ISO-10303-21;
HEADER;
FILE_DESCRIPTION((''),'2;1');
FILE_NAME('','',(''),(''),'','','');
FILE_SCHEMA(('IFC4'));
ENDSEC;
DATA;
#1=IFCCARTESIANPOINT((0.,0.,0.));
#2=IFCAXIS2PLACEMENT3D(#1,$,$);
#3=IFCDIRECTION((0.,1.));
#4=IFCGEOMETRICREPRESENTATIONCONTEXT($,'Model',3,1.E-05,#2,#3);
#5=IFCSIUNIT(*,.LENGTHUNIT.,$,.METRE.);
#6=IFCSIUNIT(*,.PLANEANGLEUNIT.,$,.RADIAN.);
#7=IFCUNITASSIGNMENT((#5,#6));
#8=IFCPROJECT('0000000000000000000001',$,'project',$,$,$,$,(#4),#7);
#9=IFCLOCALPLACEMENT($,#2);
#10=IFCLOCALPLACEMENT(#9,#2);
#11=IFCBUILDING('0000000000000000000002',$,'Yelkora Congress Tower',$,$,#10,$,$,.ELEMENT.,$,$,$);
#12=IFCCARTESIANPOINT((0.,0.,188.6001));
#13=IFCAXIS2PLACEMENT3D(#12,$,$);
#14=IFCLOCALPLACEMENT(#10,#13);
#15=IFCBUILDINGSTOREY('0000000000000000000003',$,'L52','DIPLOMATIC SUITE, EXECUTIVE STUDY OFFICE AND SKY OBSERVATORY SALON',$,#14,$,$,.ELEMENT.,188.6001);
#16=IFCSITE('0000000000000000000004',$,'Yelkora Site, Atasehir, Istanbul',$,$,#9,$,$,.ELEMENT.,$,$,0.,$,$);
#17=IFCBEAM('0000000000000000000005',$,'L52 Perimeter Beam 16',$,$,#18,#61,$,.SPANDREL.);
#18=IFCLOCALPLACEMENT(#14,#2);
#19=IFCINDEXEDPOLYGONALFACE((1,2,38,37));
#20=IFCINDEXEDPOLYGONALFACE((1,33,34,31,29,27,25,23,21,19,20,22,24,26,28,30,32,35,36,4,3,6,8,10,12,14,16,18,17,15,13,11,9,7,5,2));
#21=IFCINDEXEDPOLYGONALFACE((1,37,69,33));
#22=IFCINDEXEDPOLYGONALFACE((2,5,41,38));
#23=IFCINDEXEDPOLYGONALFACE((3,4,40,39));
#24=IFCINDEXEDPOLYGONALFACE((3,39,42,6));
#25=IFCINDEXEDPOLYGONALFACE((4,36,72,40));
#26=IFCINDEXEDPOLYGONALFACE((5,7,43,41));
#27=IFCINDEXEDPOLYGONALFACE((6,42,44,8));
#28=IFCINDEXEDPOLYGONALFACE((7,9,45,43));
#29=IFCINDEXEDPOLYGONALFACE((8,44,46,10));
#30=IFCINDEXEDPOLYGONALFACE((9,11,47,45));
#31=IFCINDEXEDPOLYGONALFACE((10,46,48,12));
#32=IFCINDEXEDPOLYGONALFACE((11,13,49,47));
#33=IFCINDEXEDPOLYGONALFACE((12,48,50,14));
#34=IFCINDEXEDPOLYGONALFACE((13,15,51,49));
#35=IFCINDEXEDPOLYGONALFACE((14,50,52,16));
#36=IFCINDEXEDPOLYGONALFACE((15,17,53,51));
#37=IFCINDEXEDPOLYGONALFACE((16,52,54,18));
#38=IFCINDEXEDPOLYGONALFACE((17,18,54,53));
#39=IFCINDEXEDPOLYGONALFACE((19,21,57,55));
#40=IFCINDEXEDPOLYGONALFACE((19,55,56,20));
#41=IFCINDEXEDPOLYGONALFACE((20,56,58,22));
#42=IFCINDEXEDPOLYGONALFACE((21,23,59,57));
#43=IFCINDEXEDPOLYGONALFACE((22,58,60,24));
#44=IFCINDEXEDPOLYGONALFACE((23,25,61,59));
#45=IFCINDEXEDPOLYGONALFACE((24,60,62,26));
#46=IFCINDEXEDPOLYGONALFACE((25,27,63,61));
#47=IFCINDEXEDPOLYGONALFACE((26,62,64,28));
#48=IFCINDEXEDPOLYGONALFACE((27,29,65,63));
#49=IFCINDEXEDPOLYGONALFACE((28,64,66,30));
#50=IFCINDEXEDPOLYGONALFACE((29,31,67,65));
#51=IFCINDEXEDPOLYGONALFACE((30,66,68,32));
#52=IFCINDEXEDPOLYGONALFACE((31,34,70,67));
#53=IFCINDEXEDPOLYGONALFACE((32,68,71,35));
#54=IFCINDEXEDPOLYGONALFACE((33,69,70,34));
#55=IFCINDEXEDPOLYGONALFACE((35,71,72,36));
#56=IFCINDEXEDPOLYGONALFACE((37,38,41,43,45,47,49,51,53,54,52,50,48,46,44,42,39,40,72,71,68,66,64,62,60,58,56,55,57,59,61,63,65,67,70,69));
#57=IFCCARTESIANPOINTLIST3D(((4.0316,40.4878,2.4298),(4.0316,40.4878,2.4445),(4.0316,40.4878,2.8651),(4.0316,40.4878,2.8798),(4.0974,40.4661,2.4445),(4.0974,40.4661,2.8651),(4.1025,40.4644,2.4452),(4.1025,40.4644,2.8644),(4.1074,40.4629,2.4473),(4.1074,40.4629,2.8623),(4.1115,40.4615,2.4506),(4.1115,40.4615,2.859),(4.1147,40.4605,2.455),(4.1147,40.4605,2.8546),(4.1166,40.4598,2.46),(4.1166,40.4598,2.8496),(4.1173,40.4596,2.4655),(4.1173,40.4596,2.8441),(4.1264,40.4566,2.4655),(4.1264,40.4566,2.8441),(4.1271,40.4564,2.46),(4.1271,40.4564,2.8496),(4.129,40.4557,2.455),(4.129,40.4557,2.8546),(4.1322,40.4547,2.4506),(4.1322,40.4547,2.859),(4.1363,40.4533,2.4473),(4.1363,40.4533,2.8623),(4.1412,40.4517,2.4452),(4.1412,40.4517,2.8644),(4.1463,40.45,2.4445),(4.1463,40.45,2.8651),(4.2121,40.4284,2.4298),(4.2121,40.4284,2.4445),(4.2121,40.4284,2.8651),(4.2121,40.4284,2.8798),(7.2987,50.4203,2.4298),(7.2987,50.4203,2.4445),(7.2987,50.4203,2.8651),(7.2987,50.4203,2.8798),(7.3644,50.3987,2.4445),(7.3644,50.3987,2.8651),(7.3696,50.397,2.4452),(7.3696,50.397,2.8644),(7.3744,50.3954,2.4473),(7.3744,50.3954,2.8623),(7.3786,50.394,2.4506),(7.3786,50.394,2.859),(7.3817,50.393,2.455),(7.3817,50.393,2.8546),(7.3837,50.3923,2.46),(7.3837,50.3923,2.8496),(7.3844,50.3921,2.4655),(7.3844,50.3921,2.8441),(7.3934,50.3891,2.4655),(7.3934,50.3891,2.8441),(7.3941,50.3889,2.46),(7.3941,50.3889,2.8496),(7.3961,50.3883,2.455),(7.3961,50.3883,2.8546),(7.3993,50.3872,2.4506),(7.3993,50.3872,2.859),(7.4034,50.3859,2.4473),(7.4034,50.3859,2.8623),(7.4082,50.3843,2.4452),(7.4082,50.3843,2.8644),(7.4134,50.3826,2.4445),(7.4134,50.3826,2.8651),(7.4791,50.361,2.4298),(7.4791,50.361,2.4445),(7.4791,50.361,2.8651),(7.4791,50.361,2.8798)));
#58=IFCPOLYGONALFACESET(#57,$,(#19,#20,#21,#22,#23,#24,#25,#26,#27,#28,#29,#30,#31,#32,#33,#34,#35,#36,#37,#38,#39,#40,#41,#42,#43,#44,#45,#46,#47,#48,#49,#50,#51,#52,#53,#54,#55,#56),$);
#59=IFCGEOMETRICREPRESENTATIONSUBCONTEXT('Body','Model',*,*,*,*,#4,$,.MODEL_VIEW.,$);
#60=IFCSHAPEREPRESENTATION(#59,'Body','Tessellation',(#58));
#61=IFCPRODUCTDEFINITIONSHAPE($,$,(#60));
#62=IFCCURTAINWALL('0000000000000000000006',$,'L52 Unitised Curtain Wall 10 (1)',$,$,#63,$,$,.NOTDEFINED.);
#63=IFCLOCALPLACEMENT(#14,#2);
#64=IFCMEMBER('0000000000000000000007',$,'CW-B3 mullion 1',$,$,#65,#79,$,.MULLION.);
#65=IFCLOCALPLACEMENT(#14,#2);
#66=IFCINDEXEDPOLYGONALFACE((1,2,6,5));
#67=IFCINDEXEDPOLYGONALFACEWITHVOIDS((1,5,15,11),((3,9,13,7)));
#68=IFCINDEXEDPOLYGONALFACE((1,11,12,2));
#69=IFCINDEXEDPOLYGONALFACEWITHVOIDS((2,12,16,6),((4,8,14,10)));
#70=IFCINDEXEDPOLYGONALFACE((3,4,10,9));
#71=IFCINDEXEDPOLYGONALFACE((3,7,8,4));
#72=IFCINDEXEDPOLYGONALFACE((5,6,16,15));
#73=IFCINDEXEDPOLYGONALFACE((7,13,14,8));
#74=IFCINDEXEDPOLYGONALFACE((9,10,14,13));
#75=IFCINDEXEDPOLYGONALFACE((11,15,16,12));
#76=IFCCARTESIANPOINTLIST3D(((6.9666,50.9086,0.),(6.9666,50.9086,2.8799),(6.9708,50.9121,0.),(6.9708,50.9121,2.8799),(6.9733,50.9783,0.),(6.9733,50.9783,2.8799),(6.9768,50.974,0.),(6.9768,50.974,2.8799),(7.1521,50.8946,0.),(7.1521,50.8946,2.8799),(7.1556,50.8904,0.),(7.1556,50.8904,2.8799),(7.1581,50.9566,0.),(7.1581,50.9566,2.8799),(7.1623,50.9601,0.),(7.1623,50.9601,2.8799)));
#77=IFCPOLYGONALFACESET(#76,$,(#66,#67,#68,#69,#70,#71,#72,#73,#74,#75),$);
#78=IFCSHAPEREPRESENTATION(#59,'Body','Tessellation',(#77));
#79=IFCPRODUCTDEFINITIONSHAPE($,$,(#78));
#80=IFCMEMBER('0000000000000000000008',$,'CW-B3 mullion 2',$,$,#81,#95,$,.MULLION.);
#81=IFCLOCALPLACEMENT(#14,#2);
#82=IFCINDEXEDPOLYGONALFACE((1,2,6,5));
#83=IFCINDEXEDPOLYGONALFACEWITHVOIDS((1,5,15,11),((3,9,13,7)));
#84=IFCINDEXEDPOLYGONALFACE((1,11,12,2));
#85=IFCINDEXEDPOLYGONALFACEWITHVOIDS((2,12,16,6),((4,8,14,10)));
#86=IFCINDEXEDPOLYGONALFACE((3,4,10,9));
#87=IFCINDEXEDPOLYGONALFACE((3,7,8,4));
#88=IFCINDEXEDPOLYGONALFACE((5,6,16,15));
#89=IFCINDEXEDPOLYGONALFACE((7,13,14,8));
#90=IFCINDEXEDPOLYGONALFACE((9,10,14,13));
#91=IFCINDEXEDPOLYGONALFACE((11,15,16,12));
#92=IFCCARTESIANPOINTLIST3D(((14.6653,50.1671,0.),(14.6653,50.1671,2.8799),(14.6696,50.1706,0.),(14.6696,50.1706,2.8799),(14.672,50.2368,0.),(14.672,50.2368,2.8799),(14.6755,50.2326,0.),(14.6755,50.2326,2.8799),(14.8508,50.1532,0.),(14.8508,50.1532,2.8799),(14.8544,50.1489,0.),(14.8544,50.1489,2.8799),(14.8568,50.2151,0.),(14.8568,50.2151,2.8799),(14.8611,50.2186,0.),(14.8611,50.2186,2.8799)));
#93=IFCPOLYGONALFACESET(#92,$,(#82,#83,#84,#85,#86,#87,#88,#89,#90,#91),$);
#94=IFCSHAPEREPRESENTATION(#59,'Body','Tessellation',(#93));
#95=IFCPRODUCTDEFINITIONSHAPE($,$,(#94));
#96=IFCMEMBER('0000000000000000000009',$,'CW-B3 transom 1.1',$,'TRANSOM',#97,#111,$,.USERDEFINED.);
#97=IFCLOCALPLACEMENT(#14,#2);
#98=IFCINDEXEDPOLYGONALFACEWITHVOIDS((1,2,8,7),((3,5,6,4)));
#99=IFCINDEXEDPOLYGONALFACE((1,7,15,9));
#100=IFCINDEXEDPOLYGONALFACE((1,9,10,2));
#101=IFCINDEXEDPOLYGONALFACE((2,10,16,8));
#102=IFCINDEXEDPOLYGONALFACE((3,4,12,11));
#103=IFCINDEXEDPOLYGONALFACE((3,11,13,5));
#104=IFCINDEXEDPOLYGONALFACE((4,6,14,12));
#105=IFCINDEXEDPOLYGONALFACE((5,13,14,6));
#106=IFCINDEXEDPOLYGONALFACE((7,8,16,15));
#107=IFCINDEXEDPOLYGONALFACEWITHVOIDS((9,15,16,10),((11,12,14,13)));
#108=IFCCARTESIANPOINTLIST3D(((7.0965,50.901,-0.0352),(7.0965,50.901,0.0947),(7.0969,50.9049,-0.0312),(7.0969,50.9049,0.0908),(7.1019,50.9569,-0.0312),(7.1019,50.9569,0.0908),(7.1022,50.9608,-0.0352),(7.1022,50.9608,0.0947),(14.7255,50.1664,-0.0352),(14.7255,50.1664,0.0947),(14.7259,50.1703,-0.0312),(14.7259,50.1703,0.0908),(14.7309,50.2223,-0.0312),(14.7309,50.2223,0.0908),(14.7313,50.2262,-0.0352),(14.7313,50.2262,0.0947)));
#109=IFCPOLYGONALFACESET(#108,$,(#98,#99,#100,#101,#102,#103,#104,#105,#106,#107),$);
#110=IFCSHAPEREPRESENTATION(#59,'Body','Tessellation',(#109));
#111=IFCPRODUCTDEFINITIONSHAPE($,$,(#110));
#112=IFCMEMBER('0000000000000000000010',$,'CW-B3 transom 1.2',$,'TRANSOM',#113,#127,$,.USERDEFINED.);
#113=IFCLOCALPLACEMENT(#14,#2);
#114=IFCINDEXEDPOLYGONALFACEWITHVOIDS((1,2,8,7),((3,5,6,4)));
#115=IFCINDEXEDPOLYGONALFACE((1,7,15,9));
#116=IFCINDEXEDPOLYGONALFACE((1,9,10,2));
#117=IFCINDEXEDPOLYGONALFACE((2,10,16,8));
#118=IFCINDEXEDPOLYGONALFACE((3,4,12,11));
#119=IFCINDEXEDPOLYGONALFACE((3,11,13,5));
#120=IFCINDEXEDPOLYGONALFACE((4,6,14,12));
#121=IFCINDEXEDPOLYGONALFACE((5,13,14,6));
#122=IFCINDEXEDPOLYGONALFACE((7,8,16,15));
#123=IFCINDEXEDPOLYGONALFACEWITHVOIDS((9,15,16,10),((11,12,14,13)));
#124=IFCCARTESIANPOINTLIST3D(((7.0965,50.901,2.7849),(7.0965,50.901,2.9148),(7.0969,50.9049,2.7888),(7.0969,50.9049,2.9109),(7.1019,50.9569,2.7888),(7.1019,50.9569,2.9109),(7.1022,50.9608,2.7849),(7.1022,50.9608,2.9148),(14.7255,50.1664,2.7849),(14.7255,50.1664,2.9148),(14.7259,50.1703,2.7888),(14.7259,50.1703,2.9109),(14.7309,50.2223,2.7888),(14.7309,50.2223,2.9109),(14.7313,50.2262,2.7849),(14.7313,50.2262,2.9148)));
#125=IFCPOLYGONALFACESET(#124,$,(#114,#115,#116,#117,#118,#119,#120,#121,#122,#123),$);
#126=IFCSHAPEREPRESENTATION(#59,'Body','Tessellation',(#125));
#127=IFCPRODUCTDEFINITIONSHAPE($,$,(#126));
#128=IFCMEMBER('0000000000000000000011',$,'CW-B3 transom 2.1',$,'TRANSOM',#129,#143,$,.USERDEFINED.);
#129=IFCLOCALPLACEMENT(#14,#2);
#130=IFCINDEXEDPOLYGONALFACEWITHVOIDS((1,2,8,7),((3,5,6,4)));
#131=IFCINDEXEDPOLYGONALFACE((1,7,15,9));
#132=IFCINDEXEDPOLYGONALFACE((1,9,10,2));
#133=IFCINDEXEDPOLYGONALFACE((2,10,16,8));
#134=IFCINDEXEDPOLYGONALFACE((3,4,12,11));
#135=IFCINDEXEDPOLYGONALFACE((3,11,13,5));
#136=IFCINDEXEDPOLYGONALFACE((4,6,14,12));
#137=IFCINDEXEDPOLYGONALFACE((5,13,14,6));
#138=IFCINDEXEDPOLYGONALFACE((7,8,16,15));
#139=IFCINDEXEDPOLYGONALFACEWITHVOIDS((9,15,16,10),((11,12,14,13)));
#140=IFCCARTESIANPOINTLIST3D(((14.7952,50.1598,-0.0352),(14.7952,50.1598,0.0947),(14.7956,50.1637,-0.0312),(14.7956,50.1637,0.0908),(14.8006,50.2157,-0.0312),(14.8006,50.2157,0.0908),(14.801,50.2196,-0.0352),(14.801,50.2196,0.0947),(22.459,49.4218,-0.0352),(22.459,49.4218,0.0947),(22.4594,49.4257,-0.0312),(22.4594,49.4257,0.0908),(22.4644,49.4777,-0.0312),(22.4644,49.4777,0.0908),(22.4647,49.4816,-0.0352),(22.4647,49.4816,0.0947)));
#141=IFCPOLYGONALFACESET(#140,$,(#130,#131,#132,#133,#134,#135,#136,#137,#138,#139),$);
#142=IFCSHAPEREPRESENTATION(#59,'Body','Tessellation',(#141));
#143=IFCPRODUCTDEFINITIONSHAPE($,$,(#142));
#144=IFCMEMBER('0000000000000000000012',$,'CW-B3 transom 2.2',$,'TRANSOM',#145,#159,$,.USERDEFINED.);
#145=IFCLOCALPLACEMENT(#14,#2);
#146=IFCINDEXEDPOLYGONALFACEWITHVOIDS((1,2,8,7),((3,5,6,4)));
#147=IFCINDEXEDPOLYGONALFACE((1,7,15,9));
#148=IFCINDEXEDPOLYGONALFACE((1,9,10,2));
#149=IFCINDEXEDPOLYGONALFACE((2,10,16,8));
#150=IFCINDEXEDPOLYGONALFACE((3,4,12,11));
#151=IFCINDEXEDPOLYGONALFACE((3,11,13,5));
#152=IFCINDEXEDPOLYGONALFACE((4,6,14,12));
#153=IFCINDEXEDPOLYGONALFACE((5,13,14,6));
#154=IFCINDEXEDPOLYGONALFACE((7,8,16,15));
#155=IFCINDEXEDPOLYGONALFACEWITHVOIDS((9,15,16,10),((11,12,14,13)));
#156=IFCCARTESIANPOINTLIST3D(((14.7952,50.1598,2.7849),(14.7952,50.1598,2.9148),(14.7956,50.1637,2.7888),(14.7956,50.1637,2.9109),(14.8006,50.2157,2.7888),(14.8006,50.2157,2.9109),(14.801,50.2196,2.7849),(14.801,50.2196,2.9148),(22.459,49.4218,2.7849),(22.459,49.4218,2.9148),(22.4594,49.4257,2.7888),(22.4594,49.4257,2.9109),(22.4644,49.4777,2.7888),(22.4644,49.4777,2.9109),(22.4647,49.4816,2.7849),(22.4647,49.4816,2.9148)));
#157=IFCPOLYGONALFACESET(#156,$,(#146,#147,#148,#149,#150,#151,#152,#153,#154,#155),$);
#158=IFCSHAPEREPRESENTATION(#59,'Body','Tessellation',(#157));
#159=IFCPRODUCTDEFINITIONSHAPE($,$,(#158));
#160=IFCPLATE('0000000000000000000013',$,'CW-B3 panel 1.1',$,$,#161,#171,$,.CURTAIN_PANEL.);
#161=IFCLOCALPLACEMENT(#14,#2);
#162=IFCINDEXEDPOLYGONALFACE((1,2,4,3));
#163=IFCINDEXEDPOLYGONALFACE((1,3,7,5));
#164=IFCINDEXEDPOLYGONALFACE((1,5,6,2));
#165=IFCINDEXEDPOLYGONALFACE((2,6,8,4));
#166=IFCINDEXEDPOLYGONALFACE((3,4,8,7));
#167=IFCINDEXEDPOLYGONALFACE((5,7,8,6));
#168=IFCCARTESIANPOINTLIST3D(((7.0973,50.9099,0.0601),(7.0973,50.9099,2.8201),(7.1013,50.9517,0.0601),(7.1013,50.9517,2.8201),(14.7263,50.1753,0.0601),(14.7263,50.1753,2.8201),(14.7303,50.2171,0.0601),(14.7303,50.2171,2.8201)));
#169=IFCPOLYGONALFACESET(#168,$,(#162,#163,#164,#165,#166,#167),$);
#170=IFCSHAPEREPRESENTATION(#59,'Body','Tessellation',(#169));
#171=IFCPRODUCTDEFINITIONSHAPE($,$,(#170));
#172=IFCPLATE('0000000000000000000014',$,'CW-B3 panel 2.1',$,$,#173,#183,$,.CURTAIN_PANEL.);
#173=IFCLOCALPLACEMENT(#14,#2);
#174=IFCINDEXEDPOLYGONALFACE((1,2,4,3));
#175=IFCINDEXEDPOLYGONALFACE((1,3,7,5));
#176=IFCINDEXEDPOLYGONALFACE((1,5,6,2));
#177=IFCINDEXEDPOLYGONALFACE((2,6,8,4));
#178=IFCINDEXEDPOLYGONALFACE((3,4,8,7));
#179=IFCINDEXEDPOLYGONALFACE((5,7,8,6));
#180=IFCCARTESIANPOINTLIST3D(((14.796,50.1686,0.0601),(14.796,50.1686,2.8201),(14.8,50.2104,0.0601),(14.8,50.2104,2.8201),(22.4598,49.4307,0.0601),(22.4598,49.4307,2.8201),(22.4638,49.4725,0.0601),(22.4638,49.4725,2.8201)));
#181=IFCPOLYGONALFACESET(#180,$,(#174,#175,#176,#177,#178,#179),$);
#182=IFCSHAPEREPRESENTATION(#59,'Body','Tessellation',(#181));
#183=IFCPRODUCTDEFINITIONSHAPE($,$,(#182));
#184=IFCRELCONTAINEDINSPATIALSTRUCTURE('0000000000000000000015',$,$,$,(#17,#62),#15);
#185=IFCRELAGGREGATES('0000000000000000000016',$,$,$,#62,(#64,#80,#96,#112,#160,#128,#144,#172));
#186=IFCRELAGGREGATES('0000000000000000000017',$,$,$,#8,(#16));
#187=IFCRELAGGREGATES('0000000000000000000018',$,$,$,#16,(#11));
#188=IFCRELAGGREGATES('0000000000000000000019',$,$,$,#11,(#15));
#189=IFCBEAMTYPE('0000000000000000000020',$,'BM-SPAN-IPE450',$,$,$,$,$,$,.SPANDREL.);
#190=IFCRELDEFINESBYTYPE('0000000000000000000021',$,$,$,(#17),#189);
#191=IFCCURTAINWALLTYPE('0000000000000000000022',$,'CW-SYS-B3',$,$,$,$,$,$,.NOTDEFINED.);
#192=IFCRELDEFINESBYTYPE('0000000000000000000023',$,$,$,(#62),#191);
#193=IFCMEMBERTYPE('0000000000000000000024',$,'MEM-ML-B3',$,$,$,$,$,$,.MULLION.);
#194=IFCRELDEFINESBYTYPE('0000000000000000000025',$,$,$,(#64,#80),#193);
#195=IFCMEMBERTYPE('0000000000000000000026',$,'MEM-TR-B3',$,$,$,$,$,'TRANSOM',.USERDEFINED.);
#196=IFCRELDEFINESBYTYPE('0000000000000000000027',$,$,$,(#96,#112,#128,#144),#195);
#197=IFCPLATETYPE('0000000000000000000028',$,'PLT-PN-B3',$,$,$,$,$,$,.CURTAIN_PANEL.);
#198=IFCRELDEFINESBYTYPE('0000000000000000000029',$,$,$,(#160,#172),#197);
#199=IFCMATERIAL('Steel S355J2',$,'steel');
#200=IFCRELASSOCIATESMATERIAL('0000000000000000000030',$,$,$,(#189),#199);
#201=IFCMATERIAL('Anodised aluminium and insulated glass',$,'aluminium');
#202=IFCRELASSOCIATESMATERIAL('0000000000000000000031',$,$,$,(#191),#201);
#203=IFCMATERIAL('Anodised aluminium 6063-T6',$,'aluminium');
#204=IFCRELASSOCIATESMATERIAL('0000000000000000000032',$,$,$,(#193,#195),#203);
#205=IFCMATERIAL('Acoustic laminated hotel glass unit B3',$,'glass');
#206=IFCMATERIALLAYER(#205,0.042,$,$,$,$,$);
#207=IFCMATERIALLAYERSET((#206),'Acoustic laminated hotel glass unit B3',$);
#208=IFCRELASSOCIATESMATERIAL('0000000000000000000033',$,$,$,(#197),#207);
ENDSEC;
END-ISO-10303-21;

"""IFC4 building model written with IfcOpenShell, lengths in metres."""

from ifc_helpers import new_model, si_unit, direction, frame, origin, origin_2d, place, context, subcontext, project, spatial, rectangle, hollow_rectangle, i_section, extrude, material, layer, layer_set, material_profile, profile_set, type_object, element, aggregate, save


model = new_model("IFC4")

# Units and contexts
model_context = context("Model", 3, precision=1e-05, world=origin(), true_north=direction((0.0, 1.0)))
body_context = subcontext(model_context, "Body", "Model", "MODEL_VIEW")
ifc_project = project(units=[si_unit("LENGTHUNIT", "METRE"), si_unit("PLANEANGLEUNIT", "RADIAN")], contexts=[model_context])

# Site, building, storey
site_placement = place(None, origin())
site = spatial("IfcSite", under=ifc_project, at=site_placement, Name="Yelkora Site, Atasehir, Istanbul", CompositionType="ELEMENT", RefElevation=0.0)
building_placement = place(site_placement, origin())
building = spatial("IfcBuilding", under=site, at=building_placement, Name="Yelkora Congress Tower", CompositionType="ELEMENT")
storey_placement = place(building_placement, frame((0.0, 0.0, 188.6001)))
storey = spatial("IfcBuildingStorey", under=building, at=storey_placement, Name="L52", Description="DIPLOMATIC SUITE, EXECUTIVE STUDY OFFICE AND SKY OBSERVATORY SALON", CompositionType="ELEMENT", Elevation=188.6001)

# Beam
ifc_material_1 = material(Name="Steel S355J2", Category="steel")
ifc_material_profile_1 = material_profile(ifc_material_1, i_section(OverallWidth=0.1899, OverallDepth=0.45, WebThickness=0.0095, FlangeThickness=0.0146, FilletRadius=0.021, at=origin_2d()), Name="IPE 450")
ifc_profile_set_1 = profile_set([ifc_material_profile_1], Name="Steel S355J2")
beam_type_1 = type_object("IfcBeamType", Name="BM-SPAN-IPE450", PredefinedType="SPANDREL", material=ifc_profile_set_1)
beam_1_placement = place(storey_placement, frame((7.3889, 50.3906, 2.6548), z_axis=(-0.312457, -0.949932, 0.0), x_axis=(0.949932, -0.312457, 0.0)))
element("IfcBeam", 1, at=beam_1_placement, inside=storey, type_object=beam_type_1, Name="L52 Perimeter Beam 16", PredefinedType="SPANDREL", context=body_context, shape_type="SweptSolid", body=[
    extrude(i_section(OverallWidth=0.1899, OverallDepth=0.45, WebThickness=0.0095, FlangeThickness=0.0146, FilletRadius=0.021, at=origin_2d()), origin(), (0.0, 0.0, 1.0), 10.4561),
])

# Curtain wall, members, plates
ifc_material_2 = material(Name="Anodised aluminium and insulated glass", Category="aluminium")
curtain_wall_type = type_object("IfcCurtainWallType", Name="CW-SYS-B3", PredefinedType="NOTDEFINED", material=ifc_material_2)
curtain_wall_placement = place(storey_placement, origin())
curtain_wall = element("IfcCurtainWall", 2, at=curtain_wall_placement, inside=storey, type_object=curtain_wall_type, Name="L52 Unitised Curtain Wall 10 (1)", PredefinedType="NOTDEFINED")
ifc_material_3 = material(Name="Anodised aluminium 6063-T6", Category="aluminium")
ifc_material_profile_2 = material_profile(ifc_material_3, hollow_rectangle(XDim=0.0701, YDim=0.1899, WallThickness=0.0039, at=origin_2d()), Name="ALU 70x190x4")
ifc_profile_set_2 = profile_set([ifc_material_profile_2], Name="Anodised aluminium 6063-T6")
member_type_1 = type_object("IfcMemberType", Name="MEM-ML-B3", PredefinedType="MULLION", material=ifc_profile_set_2)
member_1_placement = place(storey_placement, frame((7.0645, 50.9343, 0.0), z_axis=(0.0, 0.0, 1.0), x_axis=(0.095845, 0.995396, 0.0)))
member_1 = element("IfcMember", 3, at=member_1_placement, type_object=member_type_1, Name="CW-B3 mullion 1", PredefinedType="MULLION", context=body_context, shape_type="SweptSolid", body=[
    extrude(hollow_rectangle(XDim=0.0701, YDim=0.1899, WallThickness=0.0039, at=origin_2d()), origin(), (0.0, 0.0, 1.0), 2.8799),
])
member_2_placement = place(storey_placement, frame((14.7632, 50.1929, 0.0), z_axis=(0.0, 0.0, 1.0), x_axis=(0.095845, 0.995396, 0.0)))
member_2 = element("IfcMember", 4, at=member_2_placement, type_object=member_type_1, Name="CW-B3 mullion 2", PredefinedType="MULLION", context=body_context, shape_type="SweptSolid", body=[
    extrude(hollow_rectangle(XDim=0.0701, YDim=0.1899, WallThickness=0.0039, at=origin_2d()), origin(), (0.0, 0.0, 1.0), 2.8799),
])
ifc_material_profile_3 = material_profile(ifc_material_3, hollow_rectangle(XDim=0.0601, YDim=0.1299, WallThickness=0.0039, at=origin_2d()), Name="ALU 60x130x4")
ifc_profile_set_3 = profile_set([ifc_material_profile_3], Name="Anodised aluminium 6063-T6")
member_type_2 = type_object("IfcMemberType", Name="MEM-TR-B3", ElementType="TRANSOM", PredefinedType="USERDEFINED", material=ifc_profile_set_3)
member_3_placement = place(storey_placement, frame((7.0994, 50.9309, 0.0298), z_axis=(0.995396, -0.095851, 0.0), x_axis=(0.095851, 0.995396, 0.0)))
member_3 = element("IfcMember", 5, at=member_3_placement, type_object=member_type_2, Name="CW-B3 transom 1.1", ObjectType="TRANSOM", PredefinedType="USERDEFINED", context=body_context, shape_type="SweptSolid", body=[
    extrude(hollow_rectangle(XDim=0.0601, YDim=0.1299, WallThickness=0.0039, at=origin_2d()), origin(), (0.0, 0.0, 1.0), 7.6643),
])
member_4_placement = place(storey_placement, frame((7.0994, 50.9309, 2.8499), z_axis=(0.995396, -0.095851, 0.0), x_axis=(0.095851, 0.995396, 0.0)))
member_4 = element("IfcMember", 6, at=member_4_placement, type_object=member_type_2, Name="CW-B3 transom 1.2", ObjectType="TRANSOM", PredefinedType="USERDEFINED", context=body_context, shape_type="SweptSolid", body=[
    extrude(hollow_rectangle(XDim=0.0601, YDim=0.1299, WallThickness=0.0039, at=origin_2d()), origin(), (0.0, 0.0, 1.0), 7.6643),
])
member_5_placement = place(storey_placement, frame((14.7981, 50.1897, 0.0298), z_axis=(0.995395, -0.095858, 0.0), x_axis=(0.095858, 0.995395, 0.0)))
member_5 = element("IfcMember", 7, at=member_5_placement, type_object=member_type_2, Name="CW-B3 transom 2.1", ObjectType="TRANSOM", PredefinedType="USERDEFINED", context=body_context, shape_type="SweptSolid", body=[
    extrude(hollow_rectangle(XDim=0.0601, YDim=0.1299, WallThickness=0.0039, at=origin_2d()), origin(), (0.0, 0.0, 1.0), 7.6992),
])
member_6_placement = place(storey_placement, frame((14.7981, 50.1897, 2.8499), z_axis=(0.995395, -0.095858, 0.0), x_axis=(0.095858, 0.995395, 0.0)))
member_6 = element("IfcMember", 8, at=member_6_placement, type_object=member_type_2, Name="CW-B3 transom 2.2", ObjectType="TRANSOM", PredefinedType="USERDEFINED", context=body_context, shape_type="SweptSolid", body=[
    extrude(hollow_rectangle(XDim=0.0601, YDim=0.1299, WallThickness=0.0039, at=origin_2d()), origin(), (0.0, 0.0, 1.0), 7.6992),
])
ifc_material_4 = material(Name="Acoustic laminated hotel glass unit B3", Category="glass")
ifc_layer_1 = layer(ifc_material_4, 0.042)
ifc_layer_set_1 = layer_set([ifc_layer_1], Name="Acoustic laminated hotel glass unit B3")
plate_type = type_object("IfcPlateType", Name="PLT-PN-B3", PredefinedType="CURTAIN_PANEL", material=ifc_layer_set_1)
plate_1_placement = place(storey_placement, frame((10.9138, 50.5635, 0.0601), z_axis=(0.0, 0.0, 1.0), x_axis=(0.995396, -0.095845, 0.0)))
plate_1 = element("IfcPlate", 9, at=plate_1_placement, type_object=plate_type, Name="CW-B3 panel 1.1", PredefinedType="CURTAIN_PANEL", context=body_context, shape_type="SweptSolid", body=[
    extrude(rectangle(XDim=7.6643, YDim=0.042, at=origin_2d()), origin(), (0.0, 0.0, 1.0), 2.76),
])
plate_2_placement = place(storey_placement, frame((18.6299, 49.8206, 0.0601), z_axis=(0.0, 0.0, 1.0), x_axis=(0.995396, -0.095845, 0.0)))
plate_2 = element("IfcPlate", 10, at=plate_2_placement, type_object=plate_type, Name="CW-B3 panel 2.1", PredefinedType="CURTAIN_PANEL", context=body_context, shape_type="SweptSolid", body=[
    extrude(rectangle(XDim=7.6992, YDim=0.042, at=origin_2d()), origin(), (0.0, 0.0, 1.0), 2.76),
])
aggregate(curtain_wall, [member_1, member_2, member_3, member_4, plate_1, member_5, member_6, plate_2])

save(model, "model.ifc")
